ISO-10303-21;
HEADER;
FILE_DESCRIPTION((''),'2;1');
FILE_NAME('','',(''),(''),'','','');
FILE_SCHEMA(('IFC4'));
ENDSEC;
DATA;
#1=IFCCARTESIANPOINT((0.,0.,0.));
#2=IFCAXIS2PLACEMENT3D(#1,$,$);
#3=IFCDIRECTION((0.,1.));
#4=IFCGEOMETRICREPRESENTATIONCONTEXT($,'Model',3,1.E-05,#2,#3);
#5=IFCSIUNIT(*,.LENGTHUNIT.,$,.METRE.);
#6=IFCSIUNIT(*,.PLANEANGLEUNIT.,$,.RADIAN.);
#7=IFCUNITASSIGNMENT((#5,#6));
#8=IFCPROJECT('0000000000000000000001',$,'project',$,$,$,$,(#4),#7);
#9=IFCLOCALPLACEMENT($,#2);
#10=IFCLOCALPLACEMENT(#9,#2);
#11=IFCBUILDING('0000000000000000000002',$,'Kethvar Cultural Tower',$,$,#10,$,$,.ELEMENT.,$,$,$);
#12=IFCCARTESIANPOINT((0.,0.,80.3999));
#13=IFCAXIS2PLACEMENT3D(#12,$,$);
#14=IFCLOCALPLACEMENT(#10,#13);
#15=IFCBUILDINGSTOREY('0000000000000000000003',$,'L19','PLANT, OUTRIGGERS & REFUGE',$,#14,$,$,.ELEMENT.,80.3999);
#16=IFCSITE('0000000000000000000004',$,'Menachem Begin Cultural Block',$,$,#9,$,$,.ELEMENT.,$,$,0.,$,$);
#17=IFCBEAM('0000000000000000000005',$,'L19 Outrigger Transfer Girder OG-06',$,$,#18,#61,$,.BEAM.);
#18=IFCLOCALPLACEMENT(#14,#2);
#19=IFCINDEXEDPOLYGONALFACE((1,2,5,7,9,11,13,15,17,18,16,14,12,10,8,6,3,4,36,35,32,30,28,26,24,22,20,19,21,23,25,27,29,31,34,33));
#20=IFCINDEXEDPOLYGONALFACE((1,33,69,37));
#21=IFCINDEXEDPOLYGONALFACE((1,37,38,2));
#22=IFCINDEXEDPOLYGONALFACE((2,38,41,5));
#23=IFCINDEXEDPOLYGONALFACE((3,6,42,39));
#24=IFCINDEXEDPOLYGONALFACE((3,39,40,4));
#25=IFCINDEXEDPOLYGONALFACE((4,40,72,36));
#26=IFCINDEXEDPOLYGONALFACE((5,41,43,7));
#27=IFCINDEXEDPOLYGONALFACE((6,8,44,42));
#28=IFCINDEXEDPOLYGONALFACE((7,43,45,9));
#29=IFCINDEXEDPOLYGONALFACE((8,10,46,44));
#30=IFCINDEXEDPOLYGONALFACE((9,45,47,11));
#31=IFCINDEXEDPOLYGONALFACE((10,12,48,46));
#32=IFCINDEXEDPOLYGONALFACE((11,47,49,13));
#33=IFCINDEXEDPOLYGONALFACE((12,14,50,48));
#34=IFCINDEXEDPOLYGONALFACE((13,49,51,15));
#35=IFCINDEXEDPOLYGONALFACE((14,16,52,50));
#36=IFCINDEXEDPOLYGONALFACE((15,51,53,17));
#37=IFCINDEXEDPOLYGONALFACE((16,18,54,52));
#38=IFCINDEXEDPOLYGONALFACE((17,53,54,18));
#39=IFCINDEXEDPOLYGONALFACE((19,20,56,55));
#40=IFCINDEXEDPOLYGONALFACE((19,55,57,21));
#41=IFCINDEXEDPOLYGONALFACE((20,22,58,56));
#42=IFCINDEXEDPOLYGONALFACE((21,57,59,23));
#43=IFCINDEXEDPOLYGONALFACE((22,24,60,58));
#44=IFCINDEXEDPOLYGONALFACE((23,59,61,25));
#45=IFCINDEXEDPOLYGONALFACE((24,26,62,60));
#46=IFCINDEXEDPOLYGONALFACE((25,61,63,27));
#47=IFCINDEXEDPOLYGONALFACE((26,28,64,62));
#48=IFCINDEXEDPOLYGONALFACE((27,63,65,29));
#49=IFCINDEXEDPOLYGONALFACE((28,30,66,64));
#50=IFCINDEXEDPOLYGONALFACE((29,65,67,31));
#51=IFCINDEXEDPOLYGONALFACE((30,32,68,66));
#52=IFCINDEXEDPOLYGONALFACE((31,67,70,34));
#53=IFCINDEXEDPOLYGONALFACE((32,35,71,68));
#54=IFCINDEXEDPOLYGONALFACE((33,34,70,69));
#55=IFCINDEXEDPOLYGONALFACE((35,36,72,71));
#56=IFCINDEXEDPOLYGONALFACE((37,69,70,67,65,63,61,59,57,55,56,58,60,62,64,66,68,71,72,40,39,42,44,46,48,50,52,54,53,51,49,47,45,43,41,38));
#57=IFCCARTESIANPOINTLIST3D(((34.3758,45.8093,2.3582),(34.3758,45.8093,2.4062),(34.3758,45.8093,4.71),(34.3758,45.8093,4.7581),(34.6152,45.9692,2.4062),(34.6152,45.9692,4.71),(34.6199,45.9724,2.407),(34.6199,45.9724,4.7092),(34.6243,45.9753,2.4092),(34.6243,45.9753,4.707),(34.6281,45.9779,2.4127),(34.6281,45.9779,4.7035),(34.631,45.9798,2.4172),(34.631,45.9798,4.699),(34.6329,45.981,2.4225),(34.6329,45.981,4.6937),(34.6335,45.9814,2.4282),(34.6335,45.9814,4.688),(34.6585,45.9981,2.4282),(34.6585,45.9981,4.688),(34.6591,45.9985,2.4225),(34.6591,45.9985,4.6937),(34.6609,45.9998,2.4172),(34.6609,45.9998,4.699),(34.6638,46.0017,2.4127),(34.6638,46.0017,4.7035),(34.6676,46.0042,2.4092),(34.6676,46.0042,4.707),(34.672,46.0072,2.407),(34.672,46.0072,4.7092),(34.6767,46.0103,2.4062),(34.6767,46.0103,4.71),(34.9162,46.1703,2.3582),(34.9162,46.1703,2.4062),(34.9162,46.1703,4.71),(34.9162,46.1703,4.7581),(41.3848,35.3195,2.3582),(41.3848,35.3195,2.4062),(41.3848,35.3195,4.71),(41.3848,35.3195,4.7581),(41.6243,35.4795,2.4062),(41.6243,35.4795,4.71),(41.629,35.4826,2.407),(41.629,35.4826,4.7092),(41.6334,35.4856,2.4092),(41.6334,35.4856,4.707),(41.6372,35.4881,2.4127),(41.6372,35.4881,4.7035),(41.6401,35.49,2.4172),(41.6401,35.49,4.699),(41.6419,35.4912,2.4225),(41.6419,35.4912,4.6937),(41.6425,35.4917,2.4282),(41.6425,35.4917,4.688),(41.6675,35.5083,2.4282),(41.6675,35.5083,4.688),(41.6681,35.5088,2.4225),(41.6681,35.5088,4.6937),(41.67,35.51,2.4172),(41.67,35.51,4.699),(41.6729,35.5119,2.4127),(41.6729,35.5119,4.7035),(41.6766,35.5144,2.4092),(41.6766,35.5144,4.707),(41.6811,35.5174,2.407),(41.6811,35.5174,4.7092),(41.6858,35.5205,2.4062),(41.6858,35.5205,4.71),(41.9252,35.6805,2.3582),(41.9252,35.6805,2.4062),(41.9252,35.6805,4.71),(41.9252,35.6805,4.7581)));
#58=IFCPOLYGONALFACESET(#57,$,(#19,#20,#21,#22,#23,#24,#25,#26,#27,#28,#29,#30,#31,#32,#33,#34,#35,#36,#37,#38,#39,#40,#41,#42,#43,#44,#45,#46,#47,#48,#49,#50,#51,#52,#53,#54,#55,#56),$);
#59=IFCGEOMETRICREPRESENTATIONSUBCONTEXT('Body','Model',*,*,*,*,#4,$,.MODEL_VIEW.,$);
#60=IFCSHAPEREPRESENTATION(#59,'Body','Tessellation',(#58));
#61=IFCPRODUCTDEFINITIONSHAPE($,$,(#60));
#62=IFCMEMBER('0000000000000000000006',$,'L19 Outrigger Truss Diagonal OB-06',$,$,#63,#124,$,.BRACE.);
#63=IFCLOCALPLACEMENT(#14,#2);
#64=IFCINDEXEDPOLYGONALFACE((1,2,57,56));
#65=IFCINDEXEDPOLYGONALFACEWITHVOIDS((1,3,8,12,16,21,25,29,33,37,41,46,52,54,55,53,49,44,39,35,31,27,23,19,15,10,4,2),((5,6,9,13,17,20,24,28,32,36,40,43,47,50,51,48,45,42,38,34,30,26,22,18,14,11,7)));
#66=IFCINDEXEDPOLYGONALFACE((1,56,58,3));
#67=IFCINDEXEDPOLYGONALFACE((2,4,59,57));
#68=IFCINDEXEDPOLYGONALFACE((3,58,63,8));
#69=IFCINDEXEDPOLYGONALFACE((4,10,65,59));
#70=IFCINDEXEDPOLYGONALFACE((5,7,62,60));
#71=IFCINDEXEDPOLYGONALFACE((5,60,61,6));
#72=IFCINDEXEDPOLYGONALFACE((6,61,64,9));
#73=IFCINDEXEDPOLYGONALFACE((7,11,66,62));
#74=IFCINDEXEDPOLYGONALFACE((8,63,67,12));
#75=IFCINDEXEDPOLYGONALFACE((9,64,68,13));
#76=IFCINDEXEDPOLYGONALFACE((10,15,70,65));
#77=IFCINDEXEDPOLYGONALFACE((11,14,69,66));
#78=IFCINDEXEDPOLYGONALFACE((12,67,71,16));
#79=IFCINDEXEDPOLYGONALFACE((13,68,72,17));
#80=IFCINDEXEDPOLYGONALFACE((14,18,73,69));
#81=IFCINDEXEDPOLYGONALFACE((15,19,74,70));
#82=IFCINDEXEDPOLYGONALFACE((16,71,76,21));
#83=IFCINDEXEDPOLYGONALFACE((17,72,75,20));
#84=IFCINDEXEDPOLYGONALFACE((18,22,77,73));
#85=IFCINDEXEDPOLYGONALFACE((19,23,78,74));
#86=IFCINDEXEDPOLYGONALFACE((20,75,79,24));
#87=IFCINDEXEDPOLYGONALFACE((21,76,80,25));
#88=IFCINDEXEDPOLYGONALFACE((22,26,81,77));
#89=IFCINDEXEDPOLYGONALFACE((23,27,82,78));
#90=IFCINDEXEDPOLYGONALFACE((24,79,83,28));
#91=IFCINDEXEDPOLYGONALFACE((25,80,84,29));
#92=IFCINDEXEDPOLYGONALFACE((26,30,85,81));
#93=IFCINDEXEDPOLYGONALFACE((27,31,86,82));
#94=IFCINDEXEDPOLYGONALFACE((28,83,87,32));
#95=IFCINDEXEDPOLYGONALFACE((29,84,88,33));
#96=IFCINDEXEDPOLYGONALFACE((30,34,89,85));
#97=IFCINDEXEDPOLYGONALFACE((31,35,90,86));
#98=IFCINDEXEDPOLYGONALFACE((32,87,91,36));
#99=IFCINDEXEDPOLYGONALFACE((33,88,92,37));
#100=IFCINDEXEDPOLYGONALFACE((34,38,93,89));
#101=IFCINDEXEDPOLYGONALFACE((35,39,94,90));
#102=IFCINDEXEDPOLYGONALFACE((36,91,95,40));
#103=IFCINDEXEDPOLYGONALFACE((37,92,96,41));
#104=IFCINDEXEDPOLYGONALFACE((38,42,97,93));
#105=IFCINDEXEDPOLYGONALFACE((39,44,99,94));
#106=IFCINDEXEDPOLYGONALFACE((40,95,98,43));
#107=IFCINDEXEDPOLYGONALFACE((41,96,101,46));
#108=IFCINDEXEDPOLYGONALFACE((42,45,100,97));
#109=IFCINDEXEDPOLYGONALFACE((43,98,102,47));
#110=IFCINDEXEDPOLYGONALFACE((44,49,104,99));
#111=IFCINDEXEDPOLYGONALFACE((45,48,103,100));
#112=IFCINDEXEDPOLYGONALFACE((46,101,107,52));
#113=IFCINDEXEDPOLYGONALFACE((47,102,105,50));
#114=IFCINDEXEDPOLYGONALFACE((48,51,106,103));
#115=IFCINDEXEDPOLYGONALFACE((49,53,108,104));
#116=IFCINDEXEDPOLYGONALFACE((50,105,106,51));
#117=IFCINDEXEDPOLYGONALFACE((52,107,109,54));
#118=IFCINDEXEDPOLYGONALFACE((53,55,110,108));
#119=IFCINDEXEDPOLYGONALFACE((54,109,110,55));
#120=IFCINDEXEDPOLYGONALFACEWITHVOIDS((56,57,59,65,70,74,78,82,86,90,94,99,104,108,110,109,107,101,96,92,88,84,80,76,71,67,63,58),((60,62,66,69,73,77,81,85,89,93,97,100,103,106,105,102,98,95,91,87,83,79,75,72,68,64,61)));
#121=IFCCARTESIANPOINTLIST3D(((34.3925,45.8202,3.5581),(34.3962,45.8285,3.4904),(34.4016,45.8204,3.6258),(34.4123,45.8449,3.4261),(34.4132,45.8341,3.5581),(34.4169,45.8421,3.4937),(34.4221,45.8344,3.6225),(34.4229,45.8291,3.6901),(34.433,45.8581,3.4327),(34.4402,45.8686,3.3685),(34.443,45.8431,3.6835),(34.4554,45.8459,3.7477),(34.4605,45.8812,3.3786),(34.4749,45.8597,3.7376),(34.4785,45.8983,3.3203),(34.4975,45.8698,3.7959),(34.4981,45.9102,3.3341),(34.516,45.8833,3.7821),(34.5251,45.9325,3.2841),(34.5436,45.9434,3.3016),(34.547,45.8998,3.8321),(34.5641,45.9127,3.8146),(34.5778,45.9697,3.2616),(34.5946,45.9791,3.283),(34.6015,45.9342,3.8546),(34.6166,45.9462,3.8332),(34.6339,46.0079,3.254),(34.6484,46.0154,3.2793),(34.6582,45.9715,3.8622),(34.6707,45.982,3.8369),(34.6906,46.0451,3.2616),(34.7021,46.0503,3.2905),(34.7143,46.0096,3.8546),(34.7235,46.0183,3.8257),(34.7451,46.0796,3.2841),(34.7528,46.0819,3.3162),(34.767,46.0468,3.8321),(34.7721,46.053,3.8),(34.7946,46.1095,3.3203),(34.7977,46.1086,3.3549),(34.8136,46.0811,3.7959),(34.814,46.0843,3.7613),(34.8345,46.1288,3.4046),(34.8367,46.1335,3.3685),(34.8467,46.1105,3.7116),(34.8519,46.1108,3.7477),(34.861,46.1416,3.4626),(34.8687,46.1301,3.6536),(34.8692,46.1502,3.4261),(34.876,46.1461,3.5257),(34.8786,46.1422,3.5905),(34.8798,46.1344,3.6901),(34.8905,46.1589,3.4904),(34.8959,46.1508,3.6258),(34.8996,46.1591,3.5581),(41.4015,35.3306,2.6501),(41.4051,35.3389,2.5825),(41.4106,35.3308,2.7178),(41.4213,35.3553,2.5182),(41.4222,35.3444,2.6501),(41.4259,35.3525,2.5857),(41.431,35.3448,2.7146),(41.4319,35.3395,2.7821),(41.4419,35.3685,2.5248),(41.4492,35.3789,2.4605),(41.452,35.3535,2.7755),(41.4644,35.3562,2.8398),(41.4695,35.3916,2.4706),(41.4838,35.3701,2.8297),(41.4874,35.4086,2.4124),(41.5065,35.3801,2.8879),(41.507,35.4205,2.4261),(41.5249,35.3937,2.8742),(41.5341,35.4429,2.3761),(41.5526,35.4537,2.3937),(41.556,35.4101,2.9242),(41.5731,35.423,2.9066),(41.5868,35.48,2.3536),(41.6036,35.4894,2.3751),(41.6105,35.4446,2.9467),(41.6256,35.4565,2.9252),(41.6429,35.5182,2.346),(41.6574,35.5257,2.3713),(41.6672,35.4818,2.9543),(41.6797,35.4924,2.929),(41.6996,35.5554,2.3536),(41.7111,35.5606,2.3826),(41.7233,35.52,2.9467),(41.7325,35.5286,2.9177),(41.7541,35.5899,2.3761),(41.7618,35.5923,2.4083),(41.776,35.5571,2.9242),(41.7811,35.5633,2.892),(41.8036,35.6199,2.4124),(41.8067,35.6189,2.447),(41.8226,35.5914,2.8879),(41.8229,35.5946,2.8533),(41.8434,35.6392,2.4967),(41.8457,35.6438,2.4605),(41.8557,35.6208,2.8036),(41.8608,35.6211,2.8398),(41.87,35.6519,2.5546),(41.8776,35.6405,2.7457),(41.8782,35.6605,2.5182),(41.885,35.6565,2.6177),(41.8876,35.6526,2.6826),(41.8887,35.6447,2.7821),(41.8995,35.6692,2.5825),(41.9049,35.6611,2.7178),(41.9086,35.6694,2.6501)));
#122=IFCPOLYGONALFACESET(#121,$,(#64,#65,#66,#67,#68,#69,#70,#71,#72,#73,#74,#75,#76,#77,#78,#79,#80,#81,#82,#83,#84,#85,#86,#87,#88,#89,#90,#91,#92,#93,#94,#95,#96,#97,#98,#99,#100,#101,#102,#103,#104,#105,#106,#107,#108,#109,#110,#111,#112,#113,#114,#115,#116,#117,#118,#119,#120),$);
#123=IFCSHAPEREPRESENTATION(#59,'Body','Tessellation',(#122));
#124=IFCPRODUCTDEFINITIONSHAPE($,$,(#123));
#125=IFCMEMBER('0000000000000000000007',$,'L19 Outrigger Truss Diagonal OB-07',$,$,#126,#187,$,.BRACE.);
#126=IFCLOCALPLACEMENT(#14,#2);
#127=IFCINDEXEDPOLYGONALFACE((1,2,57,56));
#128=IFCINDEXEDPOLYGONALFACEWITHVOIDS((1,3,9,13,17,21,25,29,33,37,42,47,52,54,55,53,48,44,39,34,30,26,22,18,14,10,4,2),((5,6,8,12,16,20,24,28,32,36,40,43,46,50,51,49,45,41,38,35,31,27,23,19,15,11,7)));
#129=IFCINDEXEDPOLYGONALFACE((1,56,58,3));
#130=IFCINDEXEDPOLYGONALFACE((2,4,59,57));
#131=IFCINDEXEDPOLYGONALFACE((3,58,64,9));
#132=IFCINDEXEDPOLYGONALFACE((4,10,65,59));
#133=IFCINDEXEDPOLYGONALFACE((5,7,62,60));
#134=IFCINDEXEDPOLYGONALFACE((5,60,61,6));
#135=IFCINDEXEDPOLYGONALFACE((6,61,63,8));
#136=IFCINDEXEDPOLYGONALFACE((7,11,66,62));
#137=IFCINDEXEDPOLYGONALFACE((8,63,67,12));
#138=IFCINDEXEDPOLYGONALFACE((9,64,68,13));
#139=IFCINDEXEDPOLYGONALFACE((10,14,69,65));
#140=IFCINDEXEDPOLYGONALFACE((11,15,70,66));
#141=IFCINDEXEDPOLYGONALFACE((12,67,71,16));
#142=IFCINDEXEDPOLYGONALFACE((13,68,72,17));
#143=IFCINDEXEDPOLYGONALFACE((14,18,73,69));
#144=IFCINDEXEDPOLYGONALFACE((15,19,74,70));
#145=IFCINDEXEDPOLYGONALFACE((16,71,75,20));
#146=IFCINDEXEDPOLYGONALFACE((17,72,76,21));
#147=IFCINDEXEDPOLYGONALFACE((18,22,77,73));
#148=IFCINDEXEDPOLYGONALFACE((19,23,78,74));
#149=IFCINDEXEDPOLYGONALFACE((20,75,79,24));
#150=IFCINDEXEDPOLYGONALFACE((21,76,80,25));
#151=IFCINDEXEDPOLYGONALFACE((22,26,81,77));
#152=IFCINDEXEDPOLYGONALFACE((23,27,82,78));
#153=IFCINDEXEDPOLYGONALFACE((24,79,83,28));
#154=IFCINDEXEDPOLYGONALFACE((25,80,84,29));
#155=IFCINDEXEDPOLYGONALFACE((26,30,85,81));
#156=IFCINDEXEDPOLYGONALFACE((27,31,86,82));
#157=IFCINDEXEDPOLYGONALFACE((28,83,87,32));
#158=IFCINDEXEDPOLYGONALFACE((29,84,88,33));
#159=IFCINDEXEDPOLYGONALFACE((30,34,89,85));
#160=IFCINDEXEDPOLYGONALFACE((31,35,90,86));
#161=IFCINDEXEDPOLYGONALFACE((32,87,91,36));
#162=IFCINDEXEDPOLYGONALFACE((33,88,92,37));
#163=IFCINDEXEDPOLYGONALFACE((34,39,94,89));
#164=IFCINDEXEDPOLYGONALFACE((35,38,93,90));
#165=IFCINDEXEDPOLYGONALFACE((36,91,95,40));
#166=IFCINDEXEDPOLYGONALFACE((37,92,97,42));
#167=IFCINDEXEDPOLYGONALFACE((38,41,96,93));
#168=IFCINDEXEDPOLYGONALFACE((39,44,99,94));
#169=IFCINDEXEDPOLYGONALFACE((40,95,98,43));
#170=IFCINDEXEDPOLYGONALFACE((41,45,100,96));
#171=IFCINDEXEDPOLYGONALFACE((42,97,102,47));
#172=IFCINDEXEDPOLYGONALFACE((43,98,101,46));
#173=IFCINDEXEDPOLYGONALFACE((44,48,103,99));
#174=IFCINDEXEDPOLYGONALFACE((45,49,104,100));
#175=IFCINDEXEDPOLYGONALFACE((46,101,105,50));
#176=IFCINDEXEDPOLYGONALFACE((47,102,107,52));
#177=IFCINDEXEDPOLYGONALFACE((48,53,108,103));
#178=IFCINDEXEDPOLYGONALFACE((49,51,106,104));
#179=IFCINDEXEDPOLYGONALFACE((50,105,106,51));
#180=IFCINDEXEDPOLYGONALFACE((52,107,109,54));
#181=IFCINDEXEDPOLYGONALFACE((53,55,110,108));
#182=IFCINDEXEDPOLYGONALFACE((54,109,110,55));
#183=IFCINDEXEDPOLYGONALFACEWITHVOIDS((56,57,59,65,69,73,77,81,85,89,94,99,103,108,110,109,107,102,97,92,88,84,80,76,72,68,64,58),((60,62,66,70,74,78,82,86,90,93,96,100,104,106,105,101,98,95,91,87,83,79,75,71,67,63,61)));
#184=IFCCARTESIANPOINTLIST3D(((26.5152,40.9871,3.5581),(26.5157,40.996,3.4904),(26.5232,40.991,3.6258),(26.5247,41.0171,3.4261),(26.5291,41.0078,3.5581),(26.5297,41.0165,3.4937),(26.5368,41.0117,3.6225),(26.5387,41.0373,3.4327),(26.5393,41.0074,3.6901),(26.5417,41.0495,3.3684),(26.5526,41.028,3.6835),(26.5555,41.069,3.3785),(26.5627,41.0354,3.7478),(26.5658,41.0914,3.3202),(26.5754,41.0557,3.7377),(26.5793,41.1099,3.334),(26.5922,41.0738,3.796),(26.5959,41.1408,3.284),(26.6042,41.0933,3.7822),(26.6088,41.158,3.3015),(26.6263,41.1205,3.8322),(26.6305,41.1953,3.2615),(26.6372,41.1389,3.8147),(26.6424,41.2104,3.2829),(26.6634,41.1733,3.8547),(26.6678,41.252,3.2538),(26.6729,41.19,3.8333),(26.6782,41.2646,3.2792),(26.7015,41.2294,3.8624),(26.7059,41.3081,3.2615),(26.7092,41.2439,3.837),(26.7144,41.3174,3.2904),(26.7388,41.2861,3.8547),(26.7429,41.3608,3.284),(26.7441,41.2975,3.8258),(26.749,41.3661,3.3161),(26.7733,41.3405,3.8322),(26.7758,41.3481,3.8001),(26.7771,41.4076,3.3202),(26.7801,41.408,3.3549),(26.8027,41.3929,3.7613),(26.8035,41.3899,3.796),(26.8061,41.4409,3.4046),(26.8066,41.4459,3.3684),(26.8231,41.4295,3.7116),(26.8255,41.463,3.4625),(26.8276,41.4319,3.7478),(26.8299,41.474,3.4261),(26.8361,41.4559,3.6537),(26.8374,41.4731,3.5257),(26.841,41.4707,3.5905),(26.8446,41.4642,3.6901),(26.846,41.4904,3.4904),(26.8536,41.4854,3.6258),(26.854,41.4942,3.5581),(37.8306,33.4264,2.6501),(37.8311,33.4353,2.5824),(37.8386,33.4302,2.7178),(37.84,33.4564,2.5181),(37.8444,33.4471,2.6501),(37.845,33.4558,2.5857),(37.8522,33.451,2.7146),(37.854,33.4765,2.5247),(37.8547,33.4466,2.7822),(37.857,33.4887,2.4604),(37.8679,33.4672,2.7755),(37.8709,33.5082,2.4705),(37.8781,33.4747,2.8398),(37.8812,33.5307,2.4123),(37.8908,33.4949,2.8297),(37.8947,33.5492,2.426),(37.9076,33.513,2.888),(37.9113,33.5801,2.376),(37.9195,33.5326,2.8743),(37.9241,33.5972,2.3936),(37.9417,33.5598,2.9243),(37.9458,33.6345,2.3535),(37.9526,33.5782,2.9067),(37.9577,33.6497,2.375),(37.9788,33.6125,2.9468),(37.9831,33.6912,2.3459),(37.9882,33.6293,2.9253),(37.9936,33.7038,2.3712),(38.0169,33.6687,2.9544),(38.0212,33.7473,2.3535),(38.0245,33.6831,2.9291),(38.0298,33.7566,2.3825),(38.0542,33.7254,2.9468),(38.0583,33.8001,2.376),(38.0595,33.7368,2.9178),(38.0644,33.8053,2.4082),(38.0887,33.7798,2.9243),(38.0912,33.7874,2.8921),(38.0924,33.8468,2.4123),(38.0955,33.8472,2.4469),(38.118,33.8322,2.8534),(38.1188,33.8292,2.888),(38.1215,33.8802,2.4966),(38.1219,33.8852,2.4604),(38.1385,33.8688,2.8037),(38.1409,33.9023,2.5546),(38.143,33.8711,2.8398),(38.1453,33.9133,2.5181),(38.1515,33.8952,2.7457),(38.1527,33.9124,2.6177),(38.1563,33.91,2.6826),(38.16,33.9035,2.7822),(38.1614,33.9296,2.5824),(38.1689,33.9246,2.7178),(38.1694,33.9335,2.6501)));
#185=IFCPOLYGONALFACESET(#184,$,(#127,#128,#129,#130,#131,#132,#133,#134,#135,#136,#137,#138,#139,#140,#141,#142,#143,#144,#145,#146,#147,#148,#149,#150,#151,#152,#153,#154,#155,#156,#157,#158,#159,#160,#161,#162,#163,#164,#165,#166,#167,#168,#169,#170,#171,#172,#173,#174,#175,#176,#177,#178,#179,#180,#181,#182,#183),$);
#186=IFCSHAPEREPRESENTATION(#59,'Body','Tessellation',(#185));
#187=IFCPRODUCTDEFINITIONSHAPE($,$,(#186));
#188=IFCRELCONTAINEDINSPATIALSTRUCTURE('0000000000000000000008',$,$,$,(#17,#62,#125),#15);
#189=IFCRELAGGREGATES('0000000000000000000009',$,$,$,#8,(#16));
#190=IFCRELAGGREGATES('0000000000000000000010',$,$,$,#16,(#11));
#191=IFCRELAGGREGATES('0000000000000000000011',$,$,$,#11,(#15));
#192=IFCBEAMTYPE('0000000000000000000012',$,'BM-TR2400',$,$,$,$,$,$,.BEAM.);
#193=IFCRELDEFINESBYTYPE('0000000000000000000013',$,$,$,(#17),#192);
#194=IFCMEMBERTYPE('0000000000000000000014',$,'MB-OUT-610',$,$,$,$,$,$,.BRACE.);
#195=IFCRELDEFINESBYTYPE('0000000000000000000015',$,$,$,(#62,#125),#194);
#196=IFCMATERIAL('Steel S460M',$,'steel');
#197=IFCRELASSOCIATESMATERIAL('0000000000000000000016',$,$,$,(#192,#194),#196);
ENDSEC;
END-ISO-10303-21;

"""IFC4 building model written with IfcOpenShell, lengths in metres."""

from ifc_helpers import new_model, si_unit, direction, frame, origin, origin_2d, place, context, subcontext, project, spatial, hollow_circle, i_section, extrude, source, transform, mapped, material, material_profile, profile_set, type_object, element, save


model = new_model("IFC4")

# Units and contexts
model_context = context("Model", 3, precision=1e-05, world=origin(), true_north=direction((0.0, 1.0)))
body_context = subcontext(model_context, "Body", "Model", "MODEL_VIEW")
ifc_project = project(units=[si_unit("LENGTHUNIT", "METRE"), si_unit("PLANEANGLEUNIT", "RADIAN")], contexts=[model_context])

# Site, building, storey
site_placement = place(None, origin())
site = spatial("IfcSite", under=ifc_project, at=site_placement, Name="Menachem Begin Cultural Block", CompositionType="ELEMENT", RefElevation=0.0)
building_placement = place(site_placement, origin())
building = spatial("IfcBuilding", under=site, at=building_placement, Name="Kethvar Cultural Tower", CompositionType="ELEMENT")
storey_placement = place(building_placement, frame((0.0, 0.0, 80.3999)))
storey = spatial("IfcBuildingStorey", under=building, at=storey_placement, Name="L19", Description="PLANT, OUTRIGGERS & REFUGE", CompositionType="ELEMENT", Elevation=80.3999)

# Shared definitions
ifc_material_1 = material(Name="Steel S460M", Category="steel")

# Shared definitions
ifc_material_profile_1 = material_profile(ifc_material_1, i_section(OverallWidth=0.6499, OverallDepth=2.3999, WebThickness=0.03, FlangeThickness=0.0481, FilletRadius=0.022, at=origin_2d()), Name="Steel S460M — PG2400x650x48x30")
ifc_profile_set_1 = profile_set([ifc_material_profile_1], Name="Steel S460M — PG2400x650x48x30")
beam_type = type_object("IfcBeamType", Name="BM-TR2400", PredefinedType="BEAM", material=ifc_profile_set_1)

# Shared definitions
ifc_material_profile_2 = material_profile(ifc_material_1, hollow_circle(Radius=0.3049, WallThickness=0.0249, at=origin_2d()), Name="Steel S460M — CHS610x25")
ifc_profile_set_2 = profile_set([ifc_material_profile_2], Name="Steel S460M — CHS610x25")
member_type_1 = type_object("IfcMemberType", Name="MB-OUT-610", PredefinedType="BRACE", material=ifc_profile_set_2)

# Beam
shared_shape_1 = source(origin(), body_context, "Body", "SweptSolid", [
    extrude(i_section(OverallWidth=0.6499, OverallDepth=2.3999, WebThickness=0.03, FlangeThickness=0.0481, FilletRadius=0.022, at=origin_2d()), origin(), (0.0, 0.0, 1.0), 12.616),
])
beam_1_placement = place(storey_placement, frame((41.655, 35.5, 3.5581), z_axis=(-0.555571, 0.831469, 0.0), x_axis=(-0.831469, -0.555571, 0.0)))
element("IfcBeam", 1, at=beam_1_placement, inside=storey, type_object=beam_type, Name="L19 Outrigger Transfer Girder OG-06", PredefinedType="BEAM", context=body_context, shape_type="MappedRepresentation", body=[
    mapped(shared_shape_1, transform((0.0, 0.0, 0.0), scale=1.0)),
])

# Members
shared_shape_2 = source(origin(), body_context, "Body", "SweptSolid", [
    extrude(hollow_circle(Radius=0.3049, WallThickness=0.0249, at=origin_2d()), origin(), (0.0, 0.0, 1.0), 12.6484),
])
member_1_placement = place(storey_placement, frame((41.655, 35.5, 2.6501), z_axis=(-0.554137, 0.829324, 0.071784), x_axis=(-0.831469, -0.555571, 0.0)))
element("IfcMember", 2, at=member_1_placement, inside=storey, type_object=member_type_1, Name="L19 Outrigger Truss Diagonal OB-06", PredefinedType="BRACE", context=body_context, shape_type="MappedRepresentation", body=[
    mapped(shared_shape_2, transform((0.0, 0.0, 0.0), scale=1.0)),
])
shared_shape_3 = source(origin(), body_context, "Body", "SweptSolid", [
    extrude(hollow_circle(Radius=0.3049, WallThickness=0.0249, at=origin_2d()), origin(), (0.0, 0.0, 1.0), 13.6392),
])
member_2_placement = place(storey_placement, frame((38.0, 33.6799, 2.6501), z_axis=(-0.829623, 0.554341, 0.06657), x_axis=(-0.555573, -0.831467, 0.0)))
element("IfcMember", 3, at=member_2_placement, inside=storey, type_object=member_type_1, Name="L19 Outrigger Truss Diagonal OB-07", PredefinedType="BRACE", context=body_context, shape_type="MappedRepresentation", body=[
    mapped(shared_shape_3, transform((0.0, 0.0, 0.0), scale=1.0)),
])

save(model, "model.ifc")
